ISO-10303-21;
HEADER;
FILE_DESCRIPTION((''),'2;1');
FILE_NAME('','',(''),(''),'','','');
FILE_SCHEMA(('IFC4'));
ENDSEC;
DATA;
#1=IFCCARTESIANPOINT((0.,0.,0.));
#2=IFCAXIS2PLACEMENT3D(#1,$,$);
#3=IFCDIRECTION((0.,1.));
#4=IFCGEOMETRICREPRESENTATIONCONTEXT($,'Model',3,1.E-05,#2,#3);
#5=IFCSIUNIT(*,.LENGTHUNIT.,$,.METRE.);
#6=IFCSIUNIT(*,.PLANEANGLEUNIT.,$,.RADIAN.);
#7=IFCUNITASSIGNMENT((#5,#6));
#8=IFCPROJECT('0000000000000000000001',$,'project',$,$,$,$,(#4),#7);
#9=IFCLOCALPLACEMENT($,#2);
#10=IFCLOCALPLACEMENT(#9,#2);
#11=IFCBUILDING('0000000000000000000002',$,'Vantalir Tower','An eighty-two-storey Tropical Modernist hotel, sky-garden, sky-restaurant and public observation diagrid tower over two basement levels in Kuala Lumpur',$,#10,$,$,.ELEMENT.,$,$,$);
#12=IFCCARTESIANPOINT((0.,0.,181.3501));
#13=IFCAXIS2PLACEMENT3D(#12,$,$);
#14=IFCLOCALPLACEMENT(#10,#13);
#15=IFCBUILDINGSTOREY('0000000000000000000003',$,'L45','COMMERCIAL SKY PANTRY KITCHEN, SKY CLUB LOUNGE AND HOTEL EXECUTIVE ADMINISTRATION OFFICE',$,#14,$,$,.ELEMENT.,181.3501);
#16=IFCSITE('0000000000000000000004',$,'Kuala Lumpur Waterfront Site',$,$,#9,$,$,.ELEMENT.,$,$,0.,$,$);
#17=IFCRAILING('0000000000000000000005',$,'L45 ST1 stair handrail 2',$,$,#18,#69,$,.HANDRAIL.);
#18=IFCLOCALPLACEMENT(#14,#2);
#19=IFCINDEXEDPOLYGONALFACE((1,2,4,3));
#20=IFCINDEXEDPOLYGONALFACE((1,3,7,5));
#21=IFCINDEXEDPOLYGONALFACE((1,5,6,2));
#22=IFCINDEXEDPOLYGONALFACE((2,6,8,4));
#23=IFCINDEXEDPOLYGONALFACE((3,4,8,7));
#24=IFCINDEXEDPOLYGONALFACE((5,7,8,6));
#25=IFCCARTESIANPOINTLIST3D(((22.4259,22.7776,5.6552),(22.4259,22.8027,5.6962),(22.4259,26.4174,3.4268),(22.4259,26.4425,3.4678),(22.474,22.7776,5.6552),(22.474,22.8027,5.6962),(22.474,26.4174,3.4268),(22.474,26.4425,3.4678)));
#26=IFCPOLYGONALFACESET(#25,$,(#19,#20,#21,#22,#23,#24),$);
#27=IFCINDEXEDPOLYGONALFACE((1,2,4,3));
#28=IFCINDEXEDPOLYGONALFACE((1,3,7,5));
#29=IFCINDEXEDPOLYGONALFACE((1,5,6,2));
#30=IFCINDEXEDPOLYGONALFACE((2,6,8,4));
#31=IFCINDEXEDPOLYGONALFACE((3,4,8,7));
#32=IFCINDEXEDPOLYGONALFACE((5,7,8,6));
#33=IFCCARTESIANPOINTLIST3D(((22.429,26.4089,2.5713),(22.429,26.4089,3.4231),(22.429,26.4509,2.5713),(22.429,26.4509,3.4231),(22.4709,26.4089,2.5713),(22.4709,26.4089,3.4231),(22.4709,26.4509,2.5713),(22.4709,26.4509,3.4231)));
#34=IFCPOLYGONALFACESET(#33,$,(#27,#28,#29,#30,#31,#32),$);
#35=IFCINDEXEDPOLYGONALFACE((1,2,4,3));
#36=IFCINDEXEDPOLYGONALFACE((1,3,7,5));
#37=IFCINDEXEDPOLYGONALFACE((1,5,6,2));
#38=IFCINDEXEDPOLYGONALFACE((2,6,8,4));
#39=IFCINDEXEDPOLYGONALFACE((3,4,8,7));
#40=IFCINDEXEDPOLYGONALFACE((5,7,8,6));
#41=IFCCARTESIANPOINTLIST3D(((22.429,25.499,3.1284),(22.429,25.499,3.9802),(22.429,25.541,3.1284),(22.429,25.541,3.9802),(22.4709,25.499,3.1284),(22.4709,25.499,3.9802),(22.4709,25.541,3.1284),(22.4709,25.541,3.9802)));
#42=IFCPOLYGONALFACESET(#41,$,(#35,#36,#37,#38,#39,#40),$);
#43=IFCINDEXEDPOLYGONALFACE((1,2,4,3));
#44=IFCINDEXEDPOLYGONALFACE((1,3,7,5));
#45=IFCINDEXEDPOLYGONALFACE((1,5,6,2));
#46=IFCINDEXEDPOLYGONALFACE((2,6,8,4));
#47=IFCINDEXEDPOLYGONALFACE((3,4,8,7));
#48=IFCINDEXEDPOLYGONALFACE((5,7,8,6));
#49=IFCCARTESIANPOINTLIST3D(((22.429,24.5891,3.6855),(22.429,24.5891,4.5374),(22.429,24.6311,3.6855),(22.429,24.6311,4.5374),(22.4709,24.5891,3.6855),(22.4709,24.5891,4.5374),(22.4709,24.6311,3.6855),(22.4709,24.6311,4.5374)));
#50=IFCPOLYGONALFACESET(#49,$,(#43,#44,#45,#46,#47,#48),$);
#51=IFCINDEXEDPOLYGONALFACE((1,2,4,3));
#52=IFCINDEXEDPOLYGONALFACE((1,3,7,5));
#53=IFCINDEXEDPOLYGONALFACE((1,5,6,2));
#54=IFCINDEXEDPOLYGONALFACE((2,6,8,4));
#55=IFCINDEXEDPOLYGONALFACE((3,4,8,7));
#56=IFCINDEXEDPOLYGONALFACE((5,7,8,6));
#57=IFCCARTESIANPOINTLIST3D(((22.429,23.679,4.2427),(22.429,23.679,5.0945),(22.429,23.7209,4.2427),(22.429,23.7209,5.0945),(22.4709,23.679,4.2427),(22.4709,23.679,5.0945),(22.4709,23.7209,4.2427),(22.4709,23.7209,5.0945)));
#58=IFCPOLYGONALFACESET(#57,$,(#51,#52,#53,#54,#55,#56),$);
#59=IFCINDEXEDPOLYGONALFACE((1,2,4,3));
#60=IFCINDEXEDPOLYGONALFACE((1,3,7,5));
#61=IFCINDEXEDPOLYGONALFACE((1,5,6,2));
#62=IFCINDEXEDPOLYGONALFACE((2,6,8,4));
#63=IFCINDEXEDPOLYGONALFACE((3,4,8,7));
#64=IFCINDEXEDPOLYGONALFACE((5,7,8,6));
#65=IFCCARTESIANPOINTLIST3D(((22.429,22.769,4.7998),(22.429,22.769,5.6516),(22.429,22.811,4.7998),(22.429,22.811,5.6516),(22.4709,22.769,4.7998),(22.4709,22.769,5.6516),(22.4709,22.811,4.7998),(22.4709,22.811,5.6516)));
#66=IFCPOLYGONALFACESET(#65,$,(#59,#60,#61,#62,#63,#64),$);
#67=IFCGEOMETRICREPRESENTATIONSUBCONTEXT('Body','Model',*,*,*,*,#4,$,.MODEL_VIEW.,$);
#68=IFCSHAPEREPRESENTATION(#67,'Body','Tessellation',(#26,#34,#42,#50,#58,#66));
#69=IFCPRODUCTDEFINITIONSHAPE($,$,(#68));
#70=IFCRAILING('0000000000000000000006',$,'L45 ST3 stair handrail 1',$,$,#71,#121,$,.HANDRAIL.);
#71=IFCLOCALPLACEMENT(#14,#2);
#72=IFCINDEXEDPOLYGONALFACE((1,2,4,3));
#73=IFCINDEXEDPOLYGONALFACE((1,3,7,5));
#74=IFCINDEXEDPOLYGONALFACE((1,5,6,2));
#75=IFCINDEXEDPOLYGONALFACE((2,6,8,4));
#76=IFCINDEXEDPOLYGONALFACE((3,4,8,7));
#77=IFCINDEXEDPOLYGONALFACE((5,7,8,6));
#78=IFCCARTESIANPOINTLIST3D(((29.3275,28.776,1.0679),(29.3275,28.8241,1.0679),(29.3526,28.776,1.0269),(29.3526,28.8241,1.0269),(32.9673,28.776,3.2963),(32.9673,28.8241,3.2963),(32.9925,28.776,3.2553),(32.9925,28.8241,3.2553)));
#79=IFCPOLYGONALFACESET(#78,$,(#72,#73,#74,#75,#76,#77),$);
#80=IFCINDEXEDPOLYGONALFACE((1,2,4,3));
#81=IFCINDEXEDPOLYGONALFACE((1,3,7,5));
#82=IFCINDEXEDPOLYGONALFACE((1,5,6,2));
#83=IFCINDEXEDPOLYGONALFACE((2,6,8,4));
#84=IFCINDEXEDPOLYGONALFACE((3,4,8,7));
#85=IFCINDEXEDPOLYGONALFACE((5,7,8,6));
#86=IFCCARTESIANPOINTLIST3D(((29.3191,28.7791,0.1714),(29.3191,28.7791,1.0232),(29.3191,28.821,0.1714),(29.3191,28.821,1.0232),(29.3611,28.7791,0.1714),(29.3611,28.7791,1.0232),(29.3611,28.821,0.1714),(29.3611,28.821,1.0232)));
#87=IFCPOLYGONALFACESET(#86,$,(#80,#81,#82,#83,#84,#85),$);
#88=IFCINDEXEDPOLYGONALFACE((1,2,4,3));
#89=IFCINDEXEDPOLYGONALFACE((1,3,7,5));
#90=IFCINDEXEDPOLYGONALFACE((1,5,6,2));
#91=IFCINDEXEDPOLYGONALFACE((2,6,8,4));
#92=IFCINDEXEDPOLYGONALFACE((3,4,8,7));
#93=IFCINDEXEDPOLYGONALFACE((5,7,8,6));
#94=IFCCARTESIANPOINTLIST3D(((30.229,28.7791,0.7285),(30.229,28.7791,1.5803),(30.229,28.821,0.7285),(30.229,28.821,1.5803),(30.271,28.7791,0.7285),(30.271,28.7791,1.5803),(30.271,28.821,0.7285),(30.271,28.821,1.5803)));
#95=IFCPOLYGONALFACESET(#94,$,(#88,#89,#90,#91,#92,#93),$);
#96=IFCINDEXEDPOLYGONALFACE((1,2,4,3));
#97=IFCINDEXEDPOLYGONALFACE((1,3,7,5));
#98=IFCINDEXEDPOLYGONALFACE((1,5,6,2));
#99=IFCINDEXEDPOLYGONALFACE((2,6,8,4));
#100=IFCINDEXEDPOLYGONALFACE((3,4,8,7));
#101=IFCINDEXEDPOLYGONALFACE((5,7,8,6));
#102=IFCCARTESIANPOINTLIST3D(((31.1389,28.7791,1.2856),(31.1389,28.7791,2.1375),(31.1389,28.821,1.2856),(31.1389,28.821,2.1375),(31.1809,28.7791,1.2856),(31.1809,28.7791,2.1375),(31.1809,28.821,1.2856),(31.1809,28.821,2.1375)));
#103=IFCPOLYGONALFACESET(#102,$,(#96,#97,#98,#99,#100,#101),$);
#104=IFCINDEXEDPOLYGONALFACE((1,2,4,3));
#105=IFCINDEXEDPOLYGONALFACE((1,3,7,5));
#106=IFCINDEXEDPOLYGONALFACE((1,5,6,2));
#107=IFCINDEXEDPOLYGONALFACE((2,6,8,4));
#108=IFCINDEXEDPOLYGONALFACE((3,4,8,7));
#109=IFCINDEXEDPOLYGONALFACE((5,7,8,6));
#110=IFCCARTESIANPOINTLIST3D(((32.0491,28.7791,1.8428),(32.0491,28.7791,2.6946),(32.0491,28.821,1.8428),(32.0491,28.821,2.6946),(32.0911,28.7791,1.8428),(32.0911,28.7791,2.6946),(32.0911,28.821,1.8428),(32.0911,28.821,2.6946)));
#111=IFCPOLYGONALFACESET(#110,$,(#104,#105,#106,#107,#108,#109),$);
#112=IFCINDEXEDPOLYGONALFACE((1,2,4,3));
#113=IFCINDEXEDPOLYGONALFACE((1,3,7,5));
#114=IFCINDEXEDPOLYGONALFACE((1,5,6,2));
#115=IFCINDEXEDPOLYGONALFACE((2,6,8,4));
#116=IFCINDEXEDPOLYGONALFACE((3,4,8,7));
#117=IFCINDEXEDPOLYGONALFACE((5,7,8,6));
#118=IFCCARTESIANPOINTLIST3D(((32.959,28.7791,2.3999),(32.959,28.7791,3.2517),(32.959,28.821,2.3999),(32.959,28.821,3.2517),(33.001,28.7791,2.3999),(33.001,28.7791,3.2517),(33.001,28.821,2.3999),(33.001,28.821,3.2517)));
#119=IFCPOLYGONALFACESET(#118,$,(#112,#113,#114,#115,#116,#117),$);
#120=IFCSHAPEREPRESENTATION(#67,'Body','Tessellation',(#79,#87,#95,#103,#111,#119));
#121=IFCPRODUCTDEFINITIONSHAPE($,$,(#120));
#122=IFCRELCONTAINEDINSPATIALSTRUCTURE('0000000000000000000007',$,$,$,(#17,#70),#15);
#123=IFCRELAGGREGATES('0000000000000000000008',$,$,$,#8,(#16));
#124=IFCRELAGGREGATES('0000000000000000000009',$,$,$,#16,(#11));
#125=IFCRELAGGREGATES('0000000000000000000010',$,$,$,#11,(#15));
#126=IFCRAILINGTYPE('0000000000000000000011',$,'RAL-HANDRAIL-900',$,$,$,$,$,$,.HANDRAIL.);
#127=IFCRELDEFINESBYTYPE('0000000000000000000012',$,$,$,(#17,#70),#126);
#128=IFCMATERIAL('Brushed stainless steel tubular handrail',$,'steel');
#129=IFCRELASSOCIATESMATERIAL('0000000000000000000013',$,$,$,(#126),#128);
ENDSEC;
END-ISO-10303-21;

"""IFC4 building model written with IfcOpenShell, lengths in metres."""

from ifc_helpers import new_model, si_unit, direction, frame, origin, origin_2d, place, context, subcontext, project, spatial, rectangle, extrude, material, type_object, element, save


model = new_model("IFC4")

# Units and contexts
model_context = context("Model", 3, precision=1e-05, world=origin(), true_north=direction((0.0, 1.0)))
body_context = subcontext(model_context, "Body", "Model", "MODEL_VIEW")
ifc_project = project(units=[si_unit("LENGTHUNIT", "METRE"), si_unit("PLANEANGLEUNIT", "RADIAN")], contexts=[model_context])

# Site, building, storey
site_placement = place(None, origin())
site = spatial("IfcSite", under=ifc_project, at=site_placement, Name="Kuala Lumpur Waterfront Site", CompositionType="ELEMENT", RefElevation=0.0)
building_placement = place(site_placement, origin())
building = spatial("IfcBuilding", under=site, at=building_placement, Name="Vantalir Tower", Description="An eighty-two-storey Tropical Modernist hotel, sky-garden, sky-restaurant and public observation diagrid tower over two basement levels in Kuala Lumpur", CompositionType="ELEMENT")
storey_placement = place(building_placement, frame((0.0, 0.0, 181.3501)))
storey = spatial("IfcBuildingStorey", under=building, at=storey_placement, Name="L45", Description="COMMERCIAL SKY PANTRY KITCHEN, SKY CLUB LOUNGE AND HOTEL EXECUTIVE ADMINISTRATION OFFICE", CompositionType="ELEMENT", Elevation=181.3501)

# Railings
ifc_material_1 = material(Name="Brushed stainless steel tubular handrail", Category="steel")
railing_type_1 = type_object("IfcRailingType", Name="RAL-HANDRAIL-900", PredefinedType="HANDRAIL", material=ifc_material_1)
railing_1_placement = place(storey_placement, frame((22.45, 26.4299, 2.5713)))
element("IfcRailing", 1, at=railing_1_placement, inside=storey, type_object=railing_type_1, Name="L45 ST1 stair handrail 2", PredefinedType="HANDRAIL", context=body_context, shape_type="SweptSolid", body=[
    extrude(rectangle(XDim=0.0481, YDim=0.0481, at=origin_2d()), frame((0.0, 0.0, 0.876), z_axis=(0.0, -0.85285, 0.522156), x_axis=(1.0, 0.0, 0.0)), (0.0, 0.0, 1.0), 4.2678),
    extrude(rectangle(XDim=0.042, YDim=0.042, at=origin_2d()), origin(), (0.0, 0.0, 1.0), 0.8518),
    extrude(rectangle(XDim=0.042, YDim=0.042, at=origin_2d()), frame((0.0, -0.9099, 0.5571)), (0.0, 0.0, 1.0), 0.8518),
    extrude(rectangle(XDim=0.042, YDim=0.042, at=origin_2d()), frame((0.0, -1.8198, 1.1143)), (0.0, 0.0, 1.0), 0.8518),
    extrude(rectangle(XDim=0.042, YDim=0.042, at=origin_2d()), frame((0.0, -2.73, 1.6714)), (0.0, 0.0, 1.0), 0.8518),
    extrude(rectangle(XDim=0.042, YDim=0.042, at=origin_2d()), frame((0.0, -3.6399, 2.2285)), (0.0, 0.0, 1.0), 0.8518),
])
railing_2_placement = place(storey_placement, frame((29.3401, 28.8, 0.1714)))
element("IfcRailing", 2, at=railing_2_placement, inside=storey, type_object=railing_type_1, Name="L45 ST3 stair handrail 1", PredefinedType="HANDRAIL", context=body_context, shape_type="SweptSolid", body=[
    extrude(rectangle(XDim=0.0481, YDim=0.0481, at=origin_2d()), frame((0.0, 0.0, 0.876), z_axis=(0.85285, 0.0, 0.522156), x_axis=(0.0, 1.0, 0.0)), (0.0, 0.0, 1.0), 4.2678),
    extrude(rectangle(XDim=0.042, YDim=0.042, at=origin_2d()), origin(), (0.0, 0.0, 1.0), 0.8518),
    extrude(rectangle(XDim=0.042, YDim=0.042, at=origin_2d()), frame((0.9099, 0.0, 0.5571)), (0.0, 0.0, 1.0), 0.8518),
    extrude(rectangle(XDim=0.042, YDim=0.042, at=origin_2d()), frame((1.8198, 0.0, 1.1143)), (0.0, 0.0, 1.0), 0.8518),
    extrude(rectangle(XDim=0.042, YDim=0.042, at=origin_2d()), frame((2.73, 0.0, 1.6714)), (0.0, 0.0, 1.0), 0.8518),
    extrude(rectangle(XDim=0.042, YDim=0.042, at=origin_2d()), frame((3.6399, 0.0, 2.2285)), (0.0, 0.0, 1.0), 0.8518),
])

save(model, "model.ifc")
